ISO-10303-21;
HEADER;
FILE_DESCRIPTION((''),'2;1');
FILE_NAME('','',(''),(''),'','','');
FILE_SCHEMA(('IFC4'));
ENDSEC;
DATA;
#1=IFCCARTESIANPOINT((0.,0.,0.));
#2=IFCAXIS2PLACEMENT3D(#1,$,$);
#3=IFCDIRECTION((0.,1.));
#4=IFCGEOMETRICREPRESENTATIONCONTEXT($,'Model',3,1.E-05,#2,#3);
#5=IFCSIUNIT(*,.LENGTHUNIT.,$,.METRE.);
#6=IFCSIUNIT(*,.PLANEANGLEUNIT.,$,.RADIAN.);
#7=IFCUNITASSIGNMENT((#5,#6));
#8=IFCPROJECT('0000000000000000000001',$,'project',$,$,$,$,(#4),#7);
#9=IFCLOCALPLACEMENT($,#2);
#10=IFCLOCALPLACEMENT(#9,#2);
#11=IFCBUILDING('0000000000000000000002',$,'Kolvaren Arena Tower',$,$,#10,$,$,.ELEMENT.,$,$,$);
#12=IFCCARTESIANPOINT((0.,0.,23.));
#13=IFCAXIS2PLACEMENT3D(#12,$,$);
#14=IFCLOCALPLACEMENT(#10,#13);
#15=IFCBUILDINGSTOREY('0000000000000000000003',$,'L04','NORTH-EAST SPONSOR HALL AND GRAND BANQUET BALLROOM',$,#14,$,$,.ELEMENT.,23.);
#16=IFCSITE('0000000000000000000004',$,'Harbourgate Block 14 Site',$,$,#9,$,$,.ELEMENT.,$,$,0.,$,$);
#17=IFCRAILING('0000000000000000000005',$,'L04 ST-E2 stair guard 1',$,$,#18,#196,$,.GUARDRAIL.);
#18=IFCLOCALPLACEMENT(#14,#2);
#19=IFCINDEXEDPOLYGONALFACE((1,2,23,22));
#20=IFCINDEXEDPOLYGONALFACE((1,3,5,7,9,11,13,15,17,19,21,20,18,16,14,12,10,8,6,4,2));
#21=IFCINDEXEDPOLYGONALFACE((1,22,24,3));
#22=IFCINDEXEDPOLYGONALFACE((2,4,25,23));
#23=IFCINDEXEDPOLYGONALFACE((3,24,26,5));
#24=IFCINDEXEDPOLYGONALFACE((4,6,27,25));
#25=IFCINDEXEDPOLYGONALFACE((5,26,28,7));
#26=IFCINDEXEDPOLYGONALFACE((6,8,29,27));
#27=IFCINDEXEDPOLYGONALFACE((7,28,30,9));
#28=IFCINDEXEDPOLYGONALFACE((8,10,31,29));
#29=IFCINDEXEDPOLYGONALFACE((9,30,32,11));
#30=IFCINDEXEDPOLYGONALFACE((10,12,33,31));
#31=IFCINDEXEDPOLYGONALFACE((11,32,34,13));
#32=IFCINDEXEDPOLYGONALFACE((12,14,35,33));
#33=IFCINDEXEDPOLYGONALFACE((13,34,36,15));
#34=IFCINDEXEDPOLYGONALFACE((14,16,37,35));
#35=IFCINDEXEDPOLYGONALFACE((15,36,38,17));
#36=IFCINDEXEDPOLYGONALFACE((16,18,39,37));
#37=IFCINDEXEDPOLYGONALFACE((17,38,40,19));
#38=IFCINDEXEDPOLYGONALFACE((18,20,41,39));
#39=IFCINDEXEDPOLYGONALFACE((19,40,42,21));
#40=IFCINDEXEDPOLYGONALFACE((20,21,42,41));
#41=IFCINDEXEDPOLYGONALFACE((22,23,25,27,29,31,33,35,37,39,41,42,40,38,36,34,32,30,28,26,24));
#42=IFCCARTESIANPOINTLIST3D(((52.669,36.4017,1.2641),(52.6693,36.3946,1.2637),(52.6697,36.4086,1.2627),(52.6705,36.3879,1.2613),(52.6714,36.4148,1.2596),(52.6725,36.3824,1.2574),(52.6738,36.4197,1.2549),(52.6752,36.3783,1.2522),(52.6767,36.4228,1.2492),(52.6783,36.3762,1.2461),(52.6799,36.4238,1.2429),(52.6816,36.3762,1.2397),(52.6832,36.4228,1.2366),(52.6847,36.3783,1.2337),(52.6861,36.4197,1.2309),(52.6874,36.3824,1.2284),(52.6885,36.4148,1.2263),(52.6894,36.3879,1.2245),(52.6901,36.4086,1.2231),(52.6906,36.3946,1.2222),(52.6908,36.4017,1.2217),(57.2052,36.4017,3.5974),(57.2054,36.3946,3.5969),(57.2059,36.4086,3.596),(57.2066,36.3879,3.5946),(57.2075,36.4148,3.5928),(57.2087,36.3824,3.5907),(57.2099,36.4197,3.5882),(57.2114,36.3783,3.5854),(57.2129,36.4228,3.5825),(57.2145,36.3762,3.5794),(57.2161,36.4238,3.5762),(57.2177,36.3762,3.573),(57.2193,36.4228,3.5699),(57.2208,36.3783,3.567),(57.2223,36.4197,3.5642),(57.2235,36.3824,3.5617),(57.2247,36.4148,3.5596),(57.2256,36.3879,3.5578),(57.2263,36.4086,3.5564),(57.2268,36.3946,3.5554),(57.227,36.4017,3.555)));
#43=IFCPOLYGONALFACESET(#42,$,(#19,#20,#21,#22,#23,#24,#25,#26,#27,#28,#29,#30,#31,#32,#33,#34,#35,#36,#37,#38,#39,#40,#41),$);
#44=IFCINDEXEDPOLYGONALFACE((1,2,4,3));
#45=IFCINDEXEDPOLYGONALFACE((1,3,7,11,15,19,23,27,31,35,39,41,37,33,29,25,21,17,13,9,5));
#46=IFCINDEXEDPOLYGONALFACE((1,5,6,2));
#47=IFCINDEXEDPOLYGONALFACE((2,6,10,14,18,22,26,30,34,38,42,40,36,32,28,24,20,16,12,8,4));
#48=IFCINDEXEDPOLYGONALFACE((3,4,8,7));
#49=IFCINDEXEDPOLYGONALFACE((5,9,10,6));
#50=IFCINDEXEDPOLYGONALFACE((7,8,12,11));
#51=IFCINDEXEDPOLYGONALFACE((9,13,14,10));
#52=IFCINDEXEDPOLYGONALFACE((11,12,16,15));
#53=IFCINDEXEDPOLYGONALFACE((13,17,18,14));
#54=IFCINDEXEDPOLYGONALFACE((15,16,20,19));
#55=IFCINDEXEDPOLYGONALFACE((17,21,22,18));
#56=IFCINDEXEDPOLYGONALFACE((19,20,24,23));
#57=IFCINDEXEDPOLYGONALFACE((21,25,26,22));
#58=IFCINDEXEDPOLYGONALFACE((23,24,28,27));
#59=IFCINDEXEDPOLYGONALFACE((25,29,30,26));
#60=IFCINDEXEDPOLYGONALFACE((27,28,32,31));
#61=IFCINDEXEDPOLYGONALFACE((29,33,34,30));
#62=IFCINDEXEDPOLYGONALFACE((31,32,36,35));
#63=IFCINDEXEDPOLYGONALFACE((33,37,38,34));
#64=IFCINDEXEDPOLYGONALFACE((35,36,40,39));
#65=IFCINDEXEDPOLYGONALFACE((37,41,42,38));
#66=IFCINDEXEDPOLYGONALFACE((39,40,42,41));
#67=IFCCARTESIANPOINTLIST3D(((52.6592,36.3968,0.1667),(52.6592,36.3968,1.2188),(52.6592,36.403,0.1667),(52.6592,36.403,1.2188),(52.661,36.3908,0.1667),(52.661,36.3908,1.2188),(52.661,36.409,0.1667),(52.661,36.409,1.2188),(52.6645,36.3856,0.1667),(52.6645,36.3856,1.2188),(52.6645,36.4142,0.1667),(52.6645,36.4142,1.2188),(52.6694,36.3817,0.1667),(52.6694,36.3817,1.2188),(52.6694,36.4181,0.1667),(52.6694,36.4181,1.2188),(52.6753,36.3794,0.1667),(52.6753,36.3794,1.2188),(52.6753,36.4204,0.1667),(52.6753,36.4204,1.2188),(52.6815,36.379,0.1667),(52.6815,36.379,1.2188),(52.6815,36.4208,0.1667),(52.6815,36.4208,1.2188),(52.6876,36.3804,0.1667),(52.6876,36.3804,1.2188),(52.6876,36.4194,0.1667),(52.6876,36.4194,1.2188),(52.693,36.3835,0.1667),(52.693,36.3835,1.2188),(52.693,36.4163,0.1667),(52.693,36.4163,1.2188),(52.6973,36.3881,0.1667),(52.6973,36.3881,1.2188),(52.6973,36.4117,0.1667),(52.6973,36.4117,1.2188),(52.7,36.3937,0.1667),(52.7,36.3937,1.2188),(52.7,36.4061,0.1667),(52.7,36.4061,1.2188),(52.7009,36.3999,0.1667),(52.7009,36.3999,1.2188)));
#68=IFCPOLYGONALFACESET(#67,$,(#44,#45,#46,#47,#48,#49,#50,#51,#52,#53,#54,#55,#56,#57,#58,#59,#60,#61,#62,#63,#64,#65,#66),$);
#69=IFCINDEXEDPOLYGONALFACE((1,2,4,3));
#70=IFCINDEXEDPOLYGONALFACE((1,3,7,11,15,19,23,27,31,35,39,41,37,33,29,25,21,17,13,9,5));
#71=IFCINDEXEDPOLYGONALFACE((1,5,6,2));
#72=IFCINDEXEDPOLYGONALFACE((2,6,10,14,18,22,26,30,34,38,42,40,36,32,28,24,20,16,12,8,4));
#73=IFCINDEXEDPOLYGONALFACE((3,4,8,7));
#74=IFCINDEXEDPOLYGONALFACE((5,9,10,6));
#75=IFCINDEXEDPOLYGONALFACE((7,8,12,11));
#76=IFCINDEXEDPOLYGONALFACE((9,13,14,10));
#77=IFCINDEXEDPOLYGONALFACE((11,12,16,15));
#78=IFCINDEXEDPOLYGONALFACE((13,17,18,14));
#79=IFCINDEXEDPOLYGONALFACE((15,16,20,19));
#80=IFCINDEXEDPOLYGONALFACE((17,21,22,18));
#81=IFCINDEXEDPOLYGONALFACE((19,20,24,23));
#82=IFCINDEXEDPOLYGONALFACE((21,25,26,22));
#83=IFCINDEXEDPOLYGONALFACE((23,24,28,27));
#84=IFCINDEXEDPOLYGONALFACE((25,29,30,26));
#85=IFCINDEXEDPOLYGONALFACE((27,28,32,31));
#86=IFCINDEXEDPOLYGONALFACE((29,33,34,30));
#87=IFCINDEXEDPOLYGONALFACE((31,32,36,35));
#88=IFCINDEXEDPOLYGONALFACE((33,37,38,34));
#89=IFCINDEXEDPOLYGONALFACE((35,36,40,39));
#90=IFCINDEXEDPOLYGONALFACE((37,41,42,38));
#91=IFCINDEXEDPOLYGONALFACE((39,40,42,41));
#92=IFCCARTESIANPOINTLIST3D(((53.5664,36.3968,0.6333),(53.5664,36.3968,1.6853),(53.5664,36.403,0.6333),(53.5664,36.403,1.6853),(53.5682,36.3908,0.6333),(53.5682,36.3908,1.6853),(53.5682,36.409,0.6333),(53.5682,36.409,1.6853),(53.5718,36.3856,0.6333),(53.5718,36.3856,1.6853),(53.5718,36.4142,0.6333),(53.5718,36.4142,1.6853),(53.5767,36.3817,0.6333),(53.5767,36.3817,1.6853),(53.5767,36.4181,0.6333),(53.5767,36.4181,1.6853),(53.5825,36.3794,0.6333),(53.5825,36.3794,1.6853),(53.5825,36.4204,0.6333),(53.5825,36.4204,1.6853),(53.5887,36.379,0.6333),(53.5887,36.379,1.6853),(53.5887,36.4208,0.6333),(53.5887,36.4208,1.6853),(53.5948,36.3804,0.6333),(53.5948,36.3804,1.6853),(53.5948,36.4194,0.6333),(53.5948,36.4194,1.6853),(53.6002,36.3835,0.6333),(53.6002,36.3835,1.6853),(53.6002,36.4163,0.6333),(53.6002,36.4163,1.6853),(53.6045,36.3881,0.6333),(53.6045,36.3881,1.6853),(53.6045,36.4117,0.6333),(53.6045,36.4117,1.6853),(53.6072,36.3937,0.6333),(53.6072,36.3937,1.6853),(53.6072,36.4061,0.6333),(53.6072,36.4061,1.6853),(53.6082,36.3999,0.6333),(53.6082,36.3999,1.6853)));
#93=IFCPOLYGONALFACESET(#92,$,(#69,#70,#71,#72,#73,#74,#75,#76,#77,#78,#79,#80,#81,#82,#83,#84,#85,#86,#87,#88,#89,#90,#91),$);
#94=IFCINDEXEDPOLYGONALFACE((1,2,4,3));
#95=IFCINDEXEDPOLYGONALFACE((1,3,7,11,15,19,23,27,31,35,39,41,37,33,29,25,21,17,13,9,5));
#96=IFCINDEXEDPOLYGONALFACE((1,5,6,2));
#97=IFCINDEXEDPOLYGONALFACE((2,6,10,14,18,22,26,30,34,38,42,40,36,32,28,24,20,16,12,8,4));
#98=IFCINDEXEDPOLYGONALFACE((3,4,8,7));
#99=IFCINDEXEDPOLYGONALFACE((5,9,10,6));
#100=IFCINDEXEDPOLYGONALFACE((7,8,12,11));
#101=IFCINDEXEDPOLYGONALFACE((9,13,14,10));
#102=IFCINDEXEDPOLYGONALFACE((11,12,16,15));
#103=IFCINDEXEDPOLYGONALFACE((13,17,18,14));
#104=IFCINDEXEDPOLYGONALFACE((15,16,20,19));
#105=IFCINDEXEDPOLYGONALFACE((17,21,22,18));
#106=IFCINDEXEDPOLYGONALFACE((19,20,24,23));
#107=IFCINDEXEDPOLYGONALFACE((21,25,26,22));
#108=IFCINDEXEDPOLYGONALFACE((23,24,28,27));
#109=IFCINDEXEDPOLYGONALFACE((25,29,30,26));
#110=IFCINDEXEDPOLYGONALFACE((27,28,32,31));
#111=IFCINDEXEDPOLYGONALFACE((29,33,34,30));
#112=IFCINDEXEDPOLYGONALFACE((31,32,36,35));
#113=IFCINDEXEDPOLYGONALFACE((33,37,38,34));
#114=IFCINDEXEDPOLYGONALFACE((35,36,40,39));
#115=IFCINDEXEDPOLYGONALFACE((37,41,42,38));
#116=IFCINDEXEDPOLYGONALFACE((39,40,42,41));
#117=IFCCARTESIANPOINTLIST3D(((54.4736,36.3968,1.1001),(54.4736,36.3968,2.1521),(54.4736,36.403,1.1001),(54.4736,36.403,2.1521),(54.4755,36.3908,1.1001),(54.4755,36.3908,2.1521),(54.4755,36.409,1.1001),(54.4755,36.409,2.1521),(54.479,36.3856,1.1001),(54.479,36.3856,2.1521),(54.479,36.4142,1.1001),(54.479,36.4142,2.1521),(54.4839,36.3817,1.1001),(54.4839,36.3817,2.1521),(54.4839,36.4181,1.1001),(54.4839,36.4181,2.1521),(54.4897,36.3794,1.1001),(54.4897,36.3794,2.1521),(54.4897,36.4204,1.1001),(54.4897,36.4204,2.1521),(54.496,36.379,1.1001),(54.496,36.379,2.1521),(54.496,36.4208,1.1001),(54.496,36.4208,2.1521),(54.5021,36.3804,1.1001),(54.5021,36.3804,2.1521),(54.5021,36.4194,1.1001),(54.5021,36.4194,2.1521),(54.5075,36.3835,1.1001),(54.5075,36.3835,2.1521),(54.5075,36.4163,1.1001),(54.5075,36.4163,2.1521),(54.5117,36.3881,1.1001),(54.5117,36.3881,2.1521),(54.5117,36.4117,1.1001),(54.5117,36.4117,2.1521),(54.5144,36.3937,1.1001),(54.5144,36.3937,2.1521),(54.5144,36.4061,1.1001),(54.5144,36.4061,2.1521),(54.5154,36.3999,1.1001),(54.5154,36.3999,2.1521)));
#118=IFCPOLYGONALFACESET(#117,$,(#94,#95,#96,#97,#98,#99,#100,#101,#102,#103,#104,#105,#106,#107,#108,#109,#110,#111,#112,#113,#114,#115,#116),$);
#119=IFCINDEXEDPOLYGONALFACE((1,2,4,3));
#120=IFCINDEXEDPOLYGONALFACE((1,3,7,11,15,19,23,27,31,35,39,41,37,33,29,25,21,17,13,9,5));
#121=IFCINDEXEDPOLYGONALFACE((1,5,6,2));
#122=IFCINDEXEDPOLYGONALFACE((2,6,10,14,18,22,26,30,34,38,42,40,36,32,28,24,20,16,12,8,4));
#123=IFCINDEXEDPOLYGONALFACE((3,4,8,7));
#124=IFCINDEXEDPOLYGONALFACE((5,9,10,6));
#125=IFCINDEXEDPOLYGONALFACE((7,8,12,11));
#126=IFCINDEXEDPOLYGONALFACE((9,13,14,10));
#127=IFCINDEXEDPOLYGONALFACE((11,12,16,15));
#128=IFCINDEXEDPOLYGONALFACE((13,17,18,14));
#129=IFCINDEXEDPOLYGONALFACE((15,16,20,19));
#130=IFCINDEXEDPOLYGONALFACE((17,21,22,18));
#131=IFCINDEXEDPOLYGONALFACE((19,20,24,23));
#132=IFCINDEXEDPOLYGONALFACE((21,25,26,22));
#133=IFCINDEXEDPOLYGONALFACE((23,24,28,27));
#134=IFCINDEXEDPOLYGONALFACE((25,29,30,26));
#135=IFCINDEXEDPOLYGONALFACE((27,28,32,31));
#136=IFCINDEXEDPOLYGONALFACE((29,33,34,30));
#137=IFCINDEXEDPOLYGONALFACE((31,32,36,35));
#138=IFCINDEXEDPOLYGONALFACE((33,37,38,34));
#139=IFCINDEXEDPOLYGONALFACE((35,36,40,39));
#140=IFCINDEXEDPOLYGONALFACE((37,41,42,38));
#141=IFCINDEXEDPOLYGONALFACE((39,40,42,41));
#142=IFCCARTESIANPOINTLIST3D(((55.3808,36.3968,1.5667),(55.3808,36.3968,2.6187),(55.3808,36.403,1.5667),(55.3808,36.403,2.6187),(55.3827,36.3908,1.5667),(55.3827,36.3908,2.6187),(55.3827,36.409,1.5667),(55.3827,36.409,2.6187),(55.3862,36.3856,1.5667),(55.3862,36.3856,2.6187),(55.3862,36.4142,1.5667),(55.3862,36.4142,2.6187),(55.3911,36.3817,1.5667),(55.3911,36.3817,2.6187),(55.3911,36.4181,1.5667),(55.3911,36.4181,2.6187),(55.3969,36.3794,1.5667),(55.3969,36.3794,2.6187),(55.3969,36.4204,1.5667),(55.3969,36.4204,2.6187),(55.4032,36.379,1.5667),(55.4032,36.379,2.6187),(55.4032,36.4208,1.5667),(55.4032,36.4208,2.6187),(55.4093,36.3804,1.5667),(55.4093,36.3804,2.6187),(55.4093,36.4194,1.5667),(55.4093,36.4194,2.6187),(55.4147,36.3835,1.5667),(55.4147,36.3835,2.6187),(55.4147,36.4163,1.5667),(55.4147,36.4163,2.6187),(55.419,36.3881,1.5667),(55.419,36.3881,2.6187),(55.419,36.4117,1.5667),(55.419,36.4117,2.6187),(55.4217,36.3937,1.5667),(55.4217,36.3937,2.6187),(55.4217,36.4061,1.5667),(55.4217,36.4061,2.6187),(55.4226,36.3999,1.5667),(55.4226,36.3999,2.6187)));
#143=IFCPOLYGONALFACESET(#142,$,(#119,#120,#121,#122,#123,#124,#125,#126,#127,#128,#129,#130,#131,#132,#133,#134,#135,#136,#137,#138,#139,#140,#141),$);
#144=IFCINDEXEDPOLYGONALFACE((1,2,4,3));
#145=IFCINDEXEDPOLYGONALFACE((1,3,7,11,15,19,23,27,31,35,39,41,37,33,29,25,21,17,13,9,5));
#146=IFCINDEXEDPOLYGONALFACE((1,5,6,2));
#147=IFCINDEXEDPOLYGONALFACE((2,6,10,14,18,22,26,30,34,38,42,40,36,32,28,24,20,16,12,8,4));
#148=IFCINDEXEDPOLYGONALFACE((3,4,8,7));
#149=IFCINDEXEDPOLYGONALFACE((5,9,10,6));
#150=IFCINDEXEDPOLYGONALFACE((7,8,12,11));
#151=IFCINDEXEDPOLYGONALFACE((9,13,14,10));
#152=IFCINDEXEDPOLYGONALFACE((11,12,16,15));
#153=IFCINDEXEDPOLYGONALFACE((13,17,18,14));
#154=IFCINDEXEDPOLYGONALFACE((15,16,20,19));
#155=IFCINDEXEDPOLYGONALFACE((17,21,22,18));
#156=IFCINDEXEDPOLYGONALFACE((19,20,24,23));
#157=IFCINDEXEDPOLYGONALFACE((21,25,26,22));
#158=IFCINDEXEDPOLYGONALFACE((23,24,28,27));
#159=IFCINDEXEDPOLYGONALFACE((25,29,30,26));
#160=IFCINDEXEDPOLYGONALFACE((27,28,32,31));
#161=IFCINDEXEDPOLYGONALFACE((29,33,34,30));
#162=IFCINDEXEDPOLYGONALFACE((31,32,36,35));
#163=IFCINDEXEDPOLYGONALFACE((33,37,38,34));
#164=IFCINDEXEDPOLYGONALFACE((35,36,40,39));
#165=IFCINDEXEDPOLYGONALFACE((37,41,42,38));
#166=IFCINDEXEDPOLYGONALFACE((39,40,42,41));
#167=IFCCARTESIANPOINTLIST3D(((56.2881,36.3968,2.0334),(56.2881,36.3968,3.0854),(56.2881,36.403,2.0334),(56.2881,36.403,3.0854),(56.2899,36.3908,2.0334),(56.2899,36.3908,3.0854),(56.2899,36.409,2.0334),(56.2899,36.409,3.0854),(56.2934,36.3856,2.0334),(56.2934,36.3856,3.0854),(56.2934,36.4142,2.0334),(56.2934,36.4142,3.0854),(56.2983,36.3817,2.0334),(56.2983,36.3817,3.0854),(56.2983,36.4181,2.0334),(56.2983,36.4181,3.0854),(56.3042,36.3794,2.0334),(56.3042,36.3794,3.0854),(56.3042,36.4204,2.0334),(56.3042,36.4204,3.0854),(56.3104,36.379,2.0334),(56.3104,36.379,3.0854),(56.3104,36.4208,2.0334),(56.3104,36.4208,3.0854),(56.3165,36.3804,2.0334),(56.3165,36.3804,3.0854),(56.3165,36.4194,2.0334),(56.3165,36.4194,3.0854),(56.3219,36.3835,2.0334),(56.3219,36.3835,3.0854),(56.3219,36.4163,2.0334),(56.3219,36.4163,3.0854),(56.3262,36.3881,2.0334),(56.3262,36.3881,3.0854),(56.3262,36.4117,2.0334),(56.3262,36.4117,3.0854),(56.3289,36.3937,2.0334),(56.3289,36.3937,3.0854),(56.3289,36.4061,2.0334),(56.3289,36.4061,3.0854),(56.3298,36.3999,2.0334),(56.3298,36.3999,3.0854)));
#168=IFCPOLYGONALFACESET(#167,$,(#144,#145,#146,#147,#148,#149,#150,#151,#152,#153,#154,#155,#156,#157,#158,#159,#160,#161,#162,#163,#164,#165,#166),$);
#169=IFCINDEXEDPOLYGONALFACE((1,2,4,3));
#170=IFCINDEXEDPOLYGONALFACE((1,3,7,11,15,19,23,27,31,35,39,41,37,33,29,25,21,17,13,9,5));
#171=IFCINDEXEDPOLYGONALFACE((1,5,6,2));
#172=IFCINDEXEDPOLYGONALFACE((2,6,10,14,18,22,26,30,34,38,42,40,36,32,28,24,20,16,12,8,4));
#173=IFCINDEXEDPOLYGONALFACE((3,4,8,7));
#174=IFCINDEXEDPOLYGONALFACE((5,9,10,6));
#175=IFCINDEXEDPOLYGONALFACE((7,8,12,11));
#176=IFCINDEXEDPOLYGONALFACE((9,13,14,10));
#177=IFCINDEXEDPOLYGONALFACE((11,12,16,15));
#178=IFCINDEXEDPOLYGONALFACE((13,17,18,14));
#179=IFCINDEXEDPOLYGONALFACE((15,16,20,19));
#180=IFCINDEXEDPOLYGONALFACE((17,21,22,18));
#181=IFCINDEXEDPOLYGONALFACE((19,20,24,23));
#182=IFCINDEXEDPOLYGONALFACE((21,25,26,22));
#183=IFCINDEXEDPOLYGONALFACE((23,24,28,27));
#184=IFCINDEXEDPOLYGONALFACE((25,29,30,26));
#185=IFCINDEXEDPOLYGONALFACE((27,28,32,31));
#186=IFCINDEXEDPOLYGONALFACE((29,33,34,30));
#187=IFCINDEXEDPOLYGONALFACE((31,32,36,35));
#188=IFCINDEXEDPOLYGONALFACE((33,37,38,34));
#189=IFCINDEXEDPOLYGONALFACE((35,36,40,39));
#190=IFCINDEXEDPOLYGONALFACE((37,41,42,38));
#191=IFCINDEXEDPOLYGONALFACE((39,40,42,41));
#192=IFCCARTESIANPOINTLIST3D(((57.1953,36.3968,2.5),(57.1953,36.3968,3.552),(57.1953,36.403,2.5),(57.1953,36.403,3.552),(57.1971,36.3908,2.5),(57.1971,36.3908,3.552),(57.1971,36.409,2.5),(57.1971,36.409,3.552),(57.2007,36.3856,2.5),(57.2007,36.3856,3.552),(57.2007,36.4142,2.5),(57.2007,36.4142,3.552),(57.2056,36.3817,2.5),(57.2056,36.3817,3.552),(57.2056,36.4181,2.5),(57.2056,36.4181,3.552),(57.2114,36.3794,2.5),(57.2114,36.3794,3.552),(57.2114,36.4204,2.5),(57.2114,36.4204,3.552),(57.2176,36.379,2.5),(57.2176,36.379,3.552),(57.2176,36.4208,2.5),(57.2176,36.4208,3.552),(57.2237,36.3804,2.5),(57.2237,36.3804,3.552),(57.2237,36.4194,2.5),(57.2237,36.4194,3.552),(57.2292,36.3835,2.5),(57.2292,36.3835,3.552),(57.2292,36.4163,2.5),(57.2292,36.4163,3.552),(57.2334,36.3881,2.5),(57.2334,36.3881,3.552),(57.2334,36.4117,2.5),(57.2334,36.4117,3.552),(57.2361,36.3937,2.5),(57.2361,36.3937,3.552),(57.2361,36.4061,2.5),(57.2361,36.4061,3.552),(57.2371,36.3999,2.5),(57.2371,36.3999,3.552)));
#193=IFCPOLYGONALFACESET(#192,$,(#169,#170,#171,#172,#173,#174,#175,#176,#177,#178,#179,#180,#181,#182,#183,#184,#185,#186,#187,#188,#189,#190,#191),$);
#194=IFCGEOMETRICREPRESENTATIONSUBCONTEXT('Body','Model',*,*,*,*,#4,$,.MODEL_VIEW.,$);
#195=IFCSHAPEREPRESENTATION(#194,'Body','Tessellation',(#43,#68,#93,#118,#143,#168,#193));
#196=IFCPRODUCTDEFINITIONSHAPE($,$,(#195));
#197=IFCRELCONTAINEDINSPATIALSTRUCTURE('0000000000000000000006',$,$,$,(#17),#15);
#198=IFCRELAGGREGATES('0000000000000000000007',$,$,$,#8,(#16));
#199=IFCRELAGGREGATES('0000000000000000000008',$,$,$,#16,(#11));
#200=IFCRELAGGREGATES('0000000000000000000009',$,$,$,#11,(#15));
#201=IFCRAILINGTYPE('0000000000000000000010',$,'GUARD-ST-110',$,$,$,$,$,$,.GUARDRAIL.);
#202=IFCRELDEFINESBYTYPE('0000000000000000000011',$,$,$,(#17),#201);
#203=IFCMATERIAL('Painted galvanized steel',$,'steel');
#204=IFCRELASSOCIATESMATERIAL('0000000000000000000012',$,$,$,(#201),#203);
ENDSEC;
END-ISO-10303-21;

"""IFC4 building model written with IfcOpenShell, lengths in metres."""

from ifc_helpers import new_model, si_unit, direction, frame, origin, origin_2d, place, context, subcontext, project, spatial, circle, extrude, material, type_object, element, save


model = new_model("IFC4")

# Units and contexts
model_context = context("Model", 3, precision=1e-05, world=origin(), true_north=direction((0.0, 1.0)))
body_context = subcontext(model_context, "Body", "Model", "MODEL_VIEW")
ifc_project = project(units=[si_unit("LENGTHUNIT", "METRE"), si_unit("PLANEANGLEUNIT", "RADIAN")], contexts=[model_context])

# Site, building, storey
site_placement = place(None, origin())
site = spatial("IfcSite", under=ifc_project, at=site_placement, Name="Harbourgate Block 14 Site", CompositionType="ELEMENT", RefElevation=0.0)
building_placement = place(site_placement, origin())
building = spatial("IfcBuilding", under=site, at=building_placement, Name="Kolvaren Arena Tower", CompositionType="ELEMENT")
storey_placement = place(building_placement, frame((0.0, 0.0, 23.0)))
storey = spatial("IfcBuildingStorey", under=building, at=storey_placement, Name="L04", Description="NORTH-EAST SPONSOR HALL AND GRAND BANQUET BALLROOM", CompositionType="ELEMENT", Elevation=23.0)

# Railing
ifc_material_1 = material(Name="Painted galvanized steel", Category="steel")
railing_type_1 = type_object("IfcRailingType", Name="GUARD-ST-110", PredefinedType="GUARDRAIL", material=ifc_material_1)
railing_1_placement = place(storey_placement, frame((52.6799, 36.3999, 0.1667)))
element("IfcRailing", 1, at=railing_1_placement, inside=storey, type_object=railing_type_1, Name="L04 ST-E2 stair guard 1", PredefinedType="GUARDRAIL", context=body_context, shape_type="SweptSolid", body=[
    extrude(circle(Radius=0.0239, at=origin_2d()), frame((0.0, 0.0, 1.0762), z_axis=(0.889257, 0.0, 0.457407), x_axis=(0.0, 1.0, 0.0)), (0.0, 0.0, 1.0), 5.1011),
    extrude(circle(Radius=0.021, at=origin_2d()), origin(), (0.0, 0.0, 1.0), 1.052),
    extrude(circle(Radius=0.021, at=origin_2d()), frame((0.9072, 0.0, 0.4666)), (0.0, 0.0, 1.0), 1.052),
    extrude(circle(Radius=0.021, at=origin_2d()), frame((1.8145, 0.0, 0.9333)), (0.0, 0.0, 1.0), 1.052),
    extrude(circle(Radius=0.021, at=origin_2d()), frame((2.7217, 0.0, 1.3999)), (0.0, 0.0, 1.0), 1.052),
    extrude(circle(Radius=0.021, at=origin_2d()), frame((3.6289, 0.0, 1.8667)), (0.0, 0.0, 1.0), 1.052),
    extrude(circle(Radius=0.021, at=origin_2d()), frame((4.5361, 0.0, 2.3333)), (0.0, 0.0, 1.0), 1.052),
])

save(model, "model.ifc")
